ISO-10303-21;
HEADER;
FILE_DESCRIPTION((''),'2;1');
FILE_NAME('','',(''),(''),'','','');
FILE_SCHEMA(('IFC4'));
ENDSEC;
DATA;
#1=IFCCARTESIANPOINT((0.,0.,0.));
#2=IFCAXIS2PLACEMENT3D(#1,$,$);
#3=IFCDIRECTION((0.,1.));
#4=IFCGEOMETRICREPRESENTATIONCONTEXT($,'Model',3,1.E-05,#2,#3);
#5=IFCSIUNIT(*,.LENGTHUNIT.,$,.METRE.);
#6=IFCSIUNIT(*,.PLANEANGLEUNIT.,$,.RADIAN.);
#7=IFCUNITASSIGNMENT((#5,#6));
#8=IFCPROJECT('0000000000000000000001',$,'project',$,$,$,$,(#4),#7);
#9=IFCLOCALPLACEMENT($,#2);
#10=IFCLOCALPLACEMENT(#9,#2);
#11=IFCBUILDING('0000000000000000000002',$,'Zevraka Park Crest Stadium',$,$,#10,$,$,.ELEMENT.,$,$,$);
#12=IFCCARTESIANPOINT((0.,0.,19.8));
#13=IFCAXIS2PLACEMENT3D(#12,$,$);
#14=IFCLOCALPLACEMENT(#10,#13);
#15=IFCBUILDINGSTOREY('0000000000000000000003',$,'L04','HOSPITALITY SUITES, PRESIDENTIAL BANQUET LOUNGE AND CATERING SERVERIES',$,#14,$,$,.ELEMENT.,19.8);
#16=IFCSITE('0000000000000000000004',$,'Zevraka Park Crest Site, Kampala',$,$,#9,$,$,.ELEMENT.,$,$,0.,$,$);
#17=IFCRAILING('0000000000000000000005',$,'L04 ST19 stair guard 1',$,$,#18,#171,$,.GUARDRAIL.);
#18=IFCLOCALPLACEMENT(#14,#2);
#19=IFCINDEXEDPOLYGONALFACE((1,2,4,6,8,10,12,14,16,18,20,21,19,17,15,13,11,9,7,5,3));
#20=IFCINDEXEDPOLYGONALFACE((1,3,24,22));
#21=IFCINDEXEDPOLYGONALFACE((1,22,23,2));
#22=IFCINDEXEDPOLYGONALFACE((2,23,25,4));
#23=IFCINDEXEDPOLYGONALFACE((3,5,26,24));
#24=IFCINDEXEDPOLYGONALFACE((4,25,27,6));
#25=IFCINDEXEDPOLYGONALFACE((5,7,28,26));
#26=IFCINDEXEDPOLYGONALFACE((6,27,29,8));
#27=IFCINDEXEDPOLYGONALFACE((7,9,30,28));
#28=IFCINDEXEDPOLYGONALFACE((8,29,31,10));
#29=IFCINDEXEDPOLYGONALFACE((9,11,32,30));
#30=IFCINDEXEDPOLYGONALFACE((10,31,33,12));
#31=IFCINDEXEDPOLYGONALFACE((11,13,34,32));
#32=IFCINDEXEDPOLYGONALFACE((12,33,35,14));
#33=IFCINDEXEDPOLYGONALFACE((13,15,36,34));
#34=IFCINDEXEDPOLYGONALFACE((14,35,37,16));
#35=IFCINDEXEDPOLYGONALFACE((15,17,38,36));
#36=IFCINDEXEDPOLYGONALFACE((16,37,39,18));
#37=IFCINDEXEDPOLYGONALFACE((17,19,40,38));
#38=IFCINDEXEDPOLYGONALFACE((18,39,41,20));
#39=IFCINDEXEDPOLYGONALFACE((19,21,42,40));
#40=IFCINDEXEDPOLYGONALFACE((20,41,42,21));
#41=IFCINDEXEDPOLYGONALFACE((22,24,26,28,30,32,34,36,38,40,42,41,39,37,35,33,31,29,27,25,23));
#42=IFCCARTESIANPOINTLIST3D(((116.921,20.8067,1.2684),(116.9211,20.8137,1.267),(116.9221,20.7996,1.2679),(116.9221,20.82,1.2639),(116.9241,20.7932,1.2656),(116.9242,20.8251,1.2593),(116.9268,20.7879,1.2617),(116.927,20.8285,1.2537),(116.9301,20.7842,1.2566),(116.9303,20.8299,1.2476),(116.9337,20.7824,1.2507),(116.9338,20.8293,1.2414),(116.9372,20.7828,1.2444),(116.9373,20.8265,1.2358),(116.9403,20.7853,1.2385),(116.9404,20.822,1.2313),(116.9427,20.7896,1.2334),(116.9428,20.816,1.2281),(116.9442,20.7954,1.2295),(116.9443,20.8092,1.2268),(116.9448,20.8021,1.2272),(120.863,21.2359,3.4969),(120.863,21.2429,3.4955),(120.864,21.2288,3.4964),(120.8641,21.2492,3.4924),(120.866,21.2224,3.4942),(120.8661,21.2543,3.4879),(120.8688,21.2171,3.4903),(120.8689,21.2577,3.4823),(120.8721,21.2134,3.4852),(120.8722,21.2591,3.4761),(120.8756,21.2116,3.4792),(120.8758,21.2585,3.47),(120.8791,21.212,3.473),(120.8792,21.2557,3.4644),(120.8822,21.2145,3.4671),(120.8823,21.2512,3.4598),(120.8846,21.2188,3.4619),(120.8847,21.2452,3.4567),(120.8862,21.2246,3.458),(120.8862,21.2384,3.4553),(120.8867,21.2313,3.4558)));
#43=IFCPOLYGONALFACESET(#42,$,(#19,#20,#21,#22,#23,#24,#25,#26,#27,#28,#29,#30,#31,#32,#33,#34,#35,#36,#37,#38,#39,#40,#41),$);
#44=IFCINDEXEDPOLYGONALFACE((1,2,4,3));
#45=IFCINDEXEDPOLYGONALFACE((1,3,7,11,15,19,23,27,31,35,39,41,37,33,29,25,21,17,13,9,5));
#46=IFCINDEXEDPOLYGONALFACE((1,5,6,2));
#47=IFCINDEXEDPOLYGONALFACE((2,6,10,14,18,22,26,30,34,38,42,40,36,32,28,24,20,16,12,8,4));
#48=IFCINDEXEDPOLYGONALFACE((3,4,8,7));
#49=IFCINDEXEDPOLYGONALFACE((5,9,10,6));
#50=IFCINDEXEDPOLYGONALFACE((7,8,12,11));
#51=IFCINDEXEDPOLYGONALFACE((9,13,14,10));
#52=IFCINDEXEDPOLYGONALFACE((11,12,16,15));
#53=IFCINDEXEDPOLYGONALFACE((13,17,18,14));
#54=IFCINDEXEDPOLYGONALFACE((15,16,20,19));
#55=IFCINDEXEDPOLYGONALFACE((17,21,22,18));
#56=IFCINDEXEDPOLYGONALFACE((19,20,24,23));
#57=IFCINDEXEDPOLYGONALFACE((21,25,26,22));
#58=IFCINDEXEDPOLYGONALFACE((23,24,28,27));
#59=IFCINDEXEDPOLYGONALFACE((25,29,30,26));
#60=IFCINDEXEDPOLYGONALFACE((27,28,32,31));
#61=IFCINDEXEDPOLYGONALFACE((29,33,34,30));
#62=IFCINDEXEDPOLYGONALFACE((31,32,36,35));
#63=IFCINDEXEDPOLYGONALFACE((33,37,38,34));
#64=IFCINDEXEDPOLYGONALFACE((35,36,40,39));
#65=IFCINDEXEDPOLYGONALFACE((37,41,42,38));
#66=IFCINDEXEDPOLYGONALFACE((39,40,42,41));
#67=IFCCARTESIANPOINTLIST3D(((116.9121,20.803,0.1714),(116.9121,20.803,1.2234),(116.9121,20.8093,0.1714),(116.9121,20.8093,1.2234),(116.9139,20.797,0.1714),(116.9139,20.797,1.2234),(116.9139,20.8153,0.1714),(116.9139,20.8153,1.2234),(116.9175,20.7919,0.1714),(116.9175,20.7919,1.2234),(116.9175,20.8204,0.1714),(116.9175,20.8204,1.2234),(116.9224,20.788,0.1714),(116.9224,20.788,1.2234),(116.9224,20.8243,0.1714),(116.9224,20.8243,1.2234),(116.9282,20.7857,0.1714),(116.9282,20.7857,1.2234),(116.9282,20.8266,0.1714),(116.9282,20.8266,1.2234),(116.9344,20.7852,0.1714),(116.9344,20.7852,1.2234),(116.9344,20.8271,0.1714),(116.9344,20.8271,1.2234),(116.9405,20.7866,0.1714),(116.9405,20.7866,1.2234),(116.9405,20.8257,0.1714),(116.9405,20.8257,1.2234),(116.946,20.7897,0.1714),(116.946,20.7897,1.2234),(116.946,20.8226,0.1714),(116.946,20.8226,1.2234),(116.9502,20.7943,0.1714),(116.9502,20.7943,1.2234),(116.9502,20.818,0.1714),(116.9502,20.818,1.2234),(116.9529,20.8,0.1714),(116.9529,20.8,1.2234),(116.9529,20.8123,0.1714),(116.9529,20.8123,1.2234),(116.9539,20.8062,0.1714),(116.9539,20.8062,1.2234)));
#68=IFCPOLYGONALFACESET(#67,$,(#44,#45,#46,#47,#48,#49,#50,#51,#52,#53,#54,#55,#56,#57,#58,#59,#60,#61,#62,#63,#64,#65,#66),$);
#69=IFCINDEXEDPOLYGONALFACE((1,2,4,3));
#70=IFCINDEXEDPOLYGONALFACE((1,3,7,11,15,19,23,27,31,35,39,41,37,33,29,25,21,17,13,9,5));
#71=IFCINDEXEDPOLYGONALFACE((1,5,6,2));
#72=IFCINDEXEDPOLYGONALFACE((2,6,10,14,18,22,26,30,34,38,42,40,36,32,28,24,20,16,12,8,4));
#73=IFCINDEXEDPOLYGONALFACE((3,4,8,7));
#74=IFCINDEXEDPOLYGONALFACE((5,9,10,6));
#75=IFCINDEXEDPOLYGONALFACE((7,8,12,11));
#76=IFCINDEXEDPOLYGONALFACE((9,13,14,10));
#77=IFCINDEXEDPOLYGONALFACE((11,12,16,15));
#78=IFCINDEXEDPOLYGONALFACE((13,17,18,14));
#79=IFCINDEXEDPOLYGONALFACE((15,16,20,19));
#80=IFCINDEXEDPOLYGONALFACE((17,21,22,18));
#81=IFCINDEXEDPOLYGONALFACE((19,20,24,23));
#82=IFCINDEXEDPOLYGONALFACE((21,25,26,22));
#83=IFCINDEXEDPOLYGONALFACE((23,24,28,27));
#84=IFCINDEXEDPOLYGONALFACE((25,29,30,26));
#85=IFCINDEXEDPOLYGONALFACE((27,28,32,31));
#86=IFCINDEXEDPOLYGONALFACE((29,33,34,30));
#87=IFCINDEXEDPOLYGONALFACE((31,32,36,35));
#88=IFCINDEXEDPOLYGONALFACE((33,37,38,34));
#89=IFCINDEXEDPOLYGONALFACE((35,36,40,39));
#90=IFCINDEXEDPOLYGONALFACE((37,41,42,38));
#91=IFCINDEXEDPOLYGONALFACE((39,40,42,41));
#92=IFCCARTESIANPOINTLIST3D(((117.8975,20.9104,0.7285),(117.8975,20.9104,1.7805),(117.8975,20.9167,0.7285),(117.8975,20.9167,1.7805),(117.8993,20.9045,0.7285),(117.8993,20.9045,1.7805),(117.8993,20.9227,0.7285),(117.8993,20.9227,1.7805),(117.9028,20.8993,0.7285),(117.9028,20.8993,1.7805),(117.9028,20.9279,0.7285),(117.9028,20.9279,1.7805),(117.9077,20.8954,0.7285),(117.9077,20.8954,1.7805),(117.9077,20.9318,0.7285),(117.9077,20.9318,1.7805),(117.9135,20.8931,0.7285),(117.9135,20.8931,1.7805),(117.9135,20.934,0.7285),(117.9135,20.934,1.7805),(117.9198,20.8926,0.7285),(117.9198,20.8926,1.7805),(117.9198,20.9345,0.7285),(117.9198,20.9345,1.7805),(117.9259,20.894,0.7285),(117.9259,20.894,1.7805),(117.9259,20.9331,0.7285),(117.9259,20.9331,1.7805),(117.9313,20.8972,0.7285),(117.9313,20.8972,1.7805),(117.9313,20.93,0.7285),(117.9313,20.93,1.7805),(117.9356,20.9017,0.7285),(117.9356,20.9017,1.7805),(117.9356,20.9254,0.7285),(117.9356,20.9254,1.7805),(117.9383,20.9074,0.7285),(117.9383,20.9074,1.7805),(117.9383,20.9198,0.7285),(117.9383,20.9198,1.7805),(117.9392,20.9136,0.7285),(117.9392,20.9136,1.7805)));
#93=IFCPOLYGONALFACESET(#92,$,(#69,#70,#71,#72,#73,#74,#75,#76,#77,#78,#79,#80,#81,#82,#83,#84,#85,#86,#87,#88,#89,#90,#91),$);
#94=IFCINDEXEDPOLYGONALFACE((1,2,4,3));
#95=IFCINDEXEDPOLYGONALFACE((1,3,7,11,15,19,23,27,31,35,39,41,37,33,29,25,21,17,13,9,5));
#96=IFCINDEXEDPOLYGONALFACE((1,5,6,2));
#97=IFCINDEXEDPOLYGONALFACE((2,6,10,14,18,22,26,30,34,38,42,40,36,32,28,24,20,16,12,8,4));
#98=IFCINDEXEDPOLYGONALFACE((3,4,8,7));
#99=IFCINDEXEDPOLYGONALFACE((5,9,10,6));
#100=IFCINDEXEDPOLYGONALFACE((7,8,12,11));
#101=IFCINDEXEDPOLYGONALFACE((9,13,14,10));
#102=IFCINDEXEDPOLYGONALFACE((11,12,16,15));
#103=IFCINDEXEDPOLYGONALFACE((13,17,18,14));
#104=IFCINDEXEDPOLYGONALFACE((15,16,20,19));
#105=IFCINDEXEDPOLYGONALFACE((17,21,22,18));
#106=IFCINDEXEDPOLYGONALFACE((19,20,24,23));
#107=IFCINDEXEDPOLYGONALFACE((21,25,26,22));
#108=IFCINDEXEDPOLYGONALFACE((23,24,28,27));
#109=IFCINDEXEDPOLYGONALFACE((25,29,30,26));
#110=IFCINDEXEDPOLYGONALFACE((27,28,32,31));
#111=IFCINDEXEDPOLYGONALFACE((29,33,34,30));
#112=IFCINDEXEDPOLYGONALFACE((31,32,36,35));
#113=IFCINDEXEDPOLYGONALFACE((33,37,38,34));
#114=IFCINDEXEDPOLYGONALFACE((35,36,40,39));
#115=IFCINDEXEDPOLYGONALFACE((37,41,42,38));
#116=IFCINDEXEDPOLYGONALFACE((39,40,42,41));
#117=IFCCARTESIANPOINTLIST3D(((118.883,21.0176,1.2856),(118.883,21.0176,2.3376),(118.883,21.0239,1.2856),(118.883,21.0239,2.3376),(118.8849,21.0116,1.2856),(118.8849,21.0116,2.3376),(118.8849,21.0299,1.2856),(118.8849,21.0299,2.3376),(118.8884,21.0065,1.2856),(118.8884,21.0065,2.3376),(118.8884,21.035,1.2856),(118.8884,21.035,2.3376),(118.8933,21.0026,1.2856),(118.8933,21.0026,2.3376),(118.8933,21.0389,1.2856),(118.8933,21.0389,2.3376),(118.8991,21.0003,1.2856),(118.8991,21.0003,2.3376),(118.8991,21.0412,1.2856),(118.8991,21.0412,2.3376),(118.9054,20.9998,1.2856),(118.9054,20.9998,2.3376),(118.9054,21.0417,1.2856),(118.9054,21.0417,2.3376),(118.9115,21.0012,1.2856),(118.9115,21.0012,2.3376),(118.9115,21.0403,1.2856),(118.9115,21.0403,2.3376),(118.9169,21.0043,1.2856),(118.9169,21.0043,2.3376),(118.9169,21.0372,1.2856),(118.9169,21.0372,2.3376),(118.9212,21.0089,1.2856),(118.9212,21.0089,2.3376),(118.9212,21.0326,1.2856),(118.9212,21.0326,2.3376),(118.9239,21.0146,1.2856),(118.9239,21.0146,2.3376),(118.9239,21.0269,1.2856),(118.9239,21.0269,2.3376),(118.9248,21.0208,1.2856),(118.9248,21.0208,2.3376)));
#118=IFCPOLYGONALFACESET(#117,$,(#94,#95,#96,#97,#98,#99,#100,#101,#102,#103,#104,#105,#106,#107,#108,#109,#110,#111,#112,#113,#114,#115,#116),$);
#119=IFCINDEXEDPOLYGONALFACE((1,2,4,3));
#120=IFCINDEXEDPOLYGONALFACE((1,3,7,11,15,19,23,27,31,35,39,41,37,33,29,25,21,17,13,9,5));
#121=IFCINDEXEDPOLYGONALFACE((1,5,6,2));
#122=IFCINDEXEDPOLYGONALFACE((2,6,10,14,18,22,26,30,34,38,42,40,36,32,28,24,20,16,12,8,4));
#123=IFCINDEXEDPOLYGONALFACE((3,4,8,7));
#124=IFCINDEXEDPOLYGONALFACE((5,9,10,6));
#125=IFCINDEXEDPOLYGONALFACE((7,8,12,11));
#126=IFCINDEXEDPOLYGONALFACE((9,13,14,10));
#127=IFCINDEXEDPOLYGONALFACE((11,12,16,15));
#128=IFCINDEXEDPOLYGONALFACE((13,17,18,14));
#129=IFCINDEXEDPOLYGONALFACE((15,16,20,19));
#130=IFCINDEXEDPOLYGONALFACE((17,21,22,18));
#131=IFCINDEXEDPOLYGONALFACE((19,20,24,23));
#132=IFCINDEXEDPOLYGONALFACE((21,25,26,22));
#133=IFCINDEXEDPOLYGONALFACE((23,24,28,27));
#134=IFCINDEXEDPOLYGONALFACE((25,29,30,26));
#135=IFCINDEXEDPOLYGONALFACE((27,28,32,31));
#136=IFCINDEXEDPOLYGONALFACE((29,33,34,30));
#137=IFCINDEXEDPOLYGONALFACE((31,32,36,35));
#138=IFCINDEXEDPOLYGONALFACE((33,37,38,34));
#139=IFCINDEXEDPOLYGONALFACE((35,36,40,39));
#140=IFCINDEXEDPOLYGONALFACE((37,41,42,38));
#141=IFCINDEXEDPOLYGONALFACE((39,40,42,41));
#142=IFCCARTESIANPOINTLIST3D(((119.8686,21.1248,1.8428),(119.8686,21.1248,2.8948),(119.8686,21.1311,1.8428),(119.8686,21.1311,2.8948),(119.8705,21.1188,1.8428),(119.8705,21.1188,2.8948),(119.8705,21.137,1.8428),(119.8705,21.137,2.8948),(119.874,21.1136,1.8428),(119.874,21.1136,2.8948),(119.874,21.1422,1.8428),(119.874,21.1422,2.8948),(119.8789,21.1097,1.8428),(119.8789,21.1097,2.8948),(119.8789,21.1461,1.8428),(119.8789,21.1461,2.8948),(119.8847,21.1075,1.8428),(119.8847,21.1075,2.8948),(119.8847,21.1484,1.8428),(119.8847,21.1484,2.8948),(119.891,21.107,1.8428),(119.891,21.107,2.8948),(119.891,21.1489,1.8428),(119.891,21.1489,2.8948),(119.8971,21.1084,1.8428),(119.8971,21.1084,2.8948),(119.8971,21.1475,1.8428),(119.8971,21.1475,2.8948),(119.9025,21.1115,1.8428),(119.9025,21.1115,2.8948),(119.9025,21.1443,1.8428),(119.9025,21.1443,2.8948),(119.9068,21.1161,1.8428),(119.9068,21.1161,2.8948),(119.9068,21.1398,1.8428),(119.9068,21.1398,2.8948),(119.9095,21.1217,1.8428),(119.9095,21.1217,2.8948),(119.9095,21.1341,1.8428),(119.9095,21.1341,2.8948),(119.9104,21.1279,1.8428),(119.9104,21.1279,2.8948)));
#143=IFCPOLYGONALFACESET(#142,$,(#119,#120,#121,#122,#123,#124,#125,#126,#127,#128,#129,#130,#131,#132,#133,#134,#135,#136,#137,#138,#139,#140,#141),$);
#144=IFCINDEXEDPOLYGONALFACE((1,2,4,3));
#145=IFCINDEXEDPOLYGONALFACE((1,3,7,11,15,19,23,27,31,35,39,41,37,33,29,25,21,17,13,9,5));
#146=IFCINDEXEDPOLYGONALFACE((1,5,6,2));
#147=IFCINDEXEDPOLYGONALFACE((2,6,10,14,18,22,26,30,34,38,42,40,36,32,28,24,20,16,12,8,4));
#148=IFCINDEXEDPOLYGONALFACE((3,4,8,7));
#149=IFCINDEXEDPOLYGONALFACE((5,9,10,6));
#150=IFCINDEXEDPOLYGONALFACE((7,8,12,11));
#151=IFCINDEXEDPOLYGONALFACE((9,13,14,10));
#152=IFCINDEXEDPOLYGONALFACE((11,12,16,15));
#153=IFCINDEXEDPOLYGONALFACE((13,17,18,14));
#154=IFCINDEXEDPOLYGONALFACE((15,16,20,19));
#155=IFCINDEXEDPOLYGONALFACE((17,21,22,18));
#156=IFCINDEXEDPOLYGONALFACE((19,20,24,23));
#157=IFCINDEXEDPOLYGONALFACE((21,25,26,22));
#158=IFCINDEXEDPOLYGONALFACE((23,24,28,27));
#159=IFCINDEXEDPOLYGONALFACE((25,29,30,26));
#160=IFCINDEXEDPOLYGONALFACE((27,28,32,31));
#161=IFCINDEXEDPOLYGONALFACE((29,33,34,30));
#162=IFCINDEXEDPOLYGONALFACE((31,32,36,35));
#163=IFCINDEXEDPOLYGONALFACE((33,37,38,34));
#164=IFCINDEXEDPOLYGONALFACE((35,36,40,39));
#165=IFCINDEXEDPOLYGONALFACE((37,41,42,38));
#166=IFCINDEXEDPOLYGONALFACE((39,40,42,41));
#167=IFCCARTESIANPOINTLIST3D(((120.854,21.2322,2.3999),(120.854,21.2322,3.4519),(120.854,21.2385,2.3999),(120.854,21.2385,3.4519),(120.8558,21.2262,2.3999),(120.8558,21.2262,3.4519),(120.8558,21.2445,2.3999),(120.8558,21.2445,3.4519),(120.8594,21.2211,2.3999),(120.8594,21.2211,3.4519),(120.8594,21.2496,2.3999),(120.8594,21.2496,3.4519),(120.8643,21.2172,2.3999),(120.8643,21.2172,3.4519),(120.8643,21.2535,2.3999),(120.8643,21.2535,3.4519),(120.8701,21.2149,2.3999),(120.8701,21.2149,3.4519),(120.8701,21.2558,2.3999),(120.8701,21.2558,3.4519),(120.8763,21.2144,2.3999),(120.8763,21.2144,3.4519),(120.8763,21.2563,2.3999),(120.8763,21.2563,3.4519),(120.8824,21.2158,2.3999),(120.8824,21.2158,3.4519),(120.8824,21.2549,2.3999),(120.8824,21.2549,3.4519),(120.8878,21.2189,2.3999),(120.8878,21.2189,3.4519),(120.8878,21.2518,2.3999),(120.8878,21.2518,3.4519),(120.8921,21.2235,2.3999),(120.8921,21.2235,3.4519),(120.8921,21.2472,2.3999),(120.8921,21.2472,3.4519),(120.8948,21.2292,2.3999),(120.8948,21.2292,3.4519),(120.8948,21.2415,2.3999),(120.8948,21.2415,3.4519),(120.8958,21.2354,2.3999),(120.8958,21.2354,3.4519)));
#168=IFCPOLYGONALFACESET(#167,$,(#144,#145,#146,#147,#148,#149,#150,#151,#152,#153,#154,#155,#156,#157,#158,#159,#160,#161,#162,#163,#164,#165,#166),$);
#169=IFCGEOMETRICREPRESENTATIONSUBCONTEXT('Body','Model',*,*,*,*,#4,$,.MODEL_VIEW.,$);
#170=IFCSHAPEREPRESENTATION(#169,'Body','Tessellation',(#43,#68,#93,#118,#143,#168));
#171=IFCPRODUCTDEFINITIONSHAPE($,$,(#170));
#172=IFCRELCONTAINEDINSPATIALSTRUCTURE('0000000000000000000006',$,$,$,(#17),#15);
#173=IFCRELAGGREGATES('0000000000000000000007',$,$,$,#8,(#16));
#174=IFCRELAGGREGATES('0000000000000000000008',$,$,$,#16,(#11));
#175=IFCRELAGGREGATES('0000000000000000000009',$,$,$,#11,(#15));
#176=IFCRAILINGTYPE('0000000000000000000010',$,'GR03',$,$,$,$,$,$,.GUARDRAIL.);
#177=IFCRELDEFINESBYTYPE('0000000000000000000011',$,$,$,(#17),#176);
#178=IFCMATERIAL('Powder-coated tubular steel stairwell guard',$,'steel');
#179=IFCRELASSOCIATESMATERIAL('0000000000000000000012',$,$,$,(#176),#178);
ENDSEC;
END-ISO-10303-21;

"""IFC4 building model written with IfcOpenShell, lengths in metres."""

from ifc_helpers import new_model, si_unit, direction, frame, origin, origin_2d, place, context, subcontext, project, spatial, circle, extrude, material, type_object, element, save


model = new_model("IFC4")

# Units and contexts
model_context = context("Model", 3, precision=1e-05, world=origin(), true_north=direction((0.0, 1.0)))
body_context = subcontext(model_context, "Body", "Model", "MODEL_VIEW")
ifc_project = project(units=[si_unit("LENGTHUNIT", "METRE"), si_unit("PLANEANGLEUNIT", "RADIAN")], contexts=[model_context])

# Site, building, storey
site_placement = place(None, origin())
site = spatial("IfcSite", under=ifc_project, at=site_placement, Name="Zevraka Park Crest Site, Kampala", CompositionType="ELEMENT", RefElevation=0.0)
building_placement = place(site_placement, origin())
building = spatial("IfcBuilding", under=site, at=building_placement, Name="Zevraka Park Crest Stadium", CompositionType="ELEMENT")
storey_placement = place(building_placement, frame((0.0, 0.0, 19.8)))
storey = spatial("IfcBuildingStorey", under=building, at=storey_placement, Name="L04", Description="HOSPITALITY SUITES, PRESIDENTIAL BANQUET LOUNGE AND CATERING SERVERIES", CompositionType="ELEMENT", Elevation=19.8)

# Railing
ifc_material_1 = material(Name="Powder-coated tubular steel stairwell guard", Category="steel")
railing_type_1 = type_object("IfcRailingType", Name="GR03", PredefinedType="GUARDRAIL", material=ifc_material_1)
railing_1_placement = place(storey_placement, frame((116.9329, 20.8062, 0.1714)))
element("IfcRailing", 1, at=railing_1_placement, inside=storey, type_object=railing_type_1, Name="L04 ST19 stair guard 1", PredefinedType="GUARDRAIL", context=body_context, shape_type="SweptSolid", body=[
    extrude(circle(Radius=0.0239, at=origin_2d()), frame((0.0, 0.0, 1.0762), z_axis=(0.866633, 0.09436, 0.489943), x_axis=(-0.108242, 0.994125, 0.0)), (0.0, 0.0, 1.0), 4.5486),
    extrude(circle(Radius=0.021, at=origin_2d()), origin(), (0.0, 0.0, 1.0), 1.052),
    extrude(circle(Radius=0.021, at=origin_2d()), frame((0.9854, 0.1074, 0.5571)), (0.0, 0.0, 1.0), 1.052),
    extrude(circle(Radius=0.021, at=origin_2d()), frame((1.9709, 0.2146, 1.1143)), (0.0, 0.0, 1.0), 1.052),
    extrude(circle(Radius=0.021, at=origin_2d()), frame((2.9565, 0.3218, 1.6714)), (0.0, 0.0, 1.0), 1.052),
    extrude(circle(Radius=0.021, at=origin_2d()), frame((3.9419, 0.4292, 2.2285)), (0.0, 0.0, 1.0), 1.052),
])

save(model, "model.ifc")
